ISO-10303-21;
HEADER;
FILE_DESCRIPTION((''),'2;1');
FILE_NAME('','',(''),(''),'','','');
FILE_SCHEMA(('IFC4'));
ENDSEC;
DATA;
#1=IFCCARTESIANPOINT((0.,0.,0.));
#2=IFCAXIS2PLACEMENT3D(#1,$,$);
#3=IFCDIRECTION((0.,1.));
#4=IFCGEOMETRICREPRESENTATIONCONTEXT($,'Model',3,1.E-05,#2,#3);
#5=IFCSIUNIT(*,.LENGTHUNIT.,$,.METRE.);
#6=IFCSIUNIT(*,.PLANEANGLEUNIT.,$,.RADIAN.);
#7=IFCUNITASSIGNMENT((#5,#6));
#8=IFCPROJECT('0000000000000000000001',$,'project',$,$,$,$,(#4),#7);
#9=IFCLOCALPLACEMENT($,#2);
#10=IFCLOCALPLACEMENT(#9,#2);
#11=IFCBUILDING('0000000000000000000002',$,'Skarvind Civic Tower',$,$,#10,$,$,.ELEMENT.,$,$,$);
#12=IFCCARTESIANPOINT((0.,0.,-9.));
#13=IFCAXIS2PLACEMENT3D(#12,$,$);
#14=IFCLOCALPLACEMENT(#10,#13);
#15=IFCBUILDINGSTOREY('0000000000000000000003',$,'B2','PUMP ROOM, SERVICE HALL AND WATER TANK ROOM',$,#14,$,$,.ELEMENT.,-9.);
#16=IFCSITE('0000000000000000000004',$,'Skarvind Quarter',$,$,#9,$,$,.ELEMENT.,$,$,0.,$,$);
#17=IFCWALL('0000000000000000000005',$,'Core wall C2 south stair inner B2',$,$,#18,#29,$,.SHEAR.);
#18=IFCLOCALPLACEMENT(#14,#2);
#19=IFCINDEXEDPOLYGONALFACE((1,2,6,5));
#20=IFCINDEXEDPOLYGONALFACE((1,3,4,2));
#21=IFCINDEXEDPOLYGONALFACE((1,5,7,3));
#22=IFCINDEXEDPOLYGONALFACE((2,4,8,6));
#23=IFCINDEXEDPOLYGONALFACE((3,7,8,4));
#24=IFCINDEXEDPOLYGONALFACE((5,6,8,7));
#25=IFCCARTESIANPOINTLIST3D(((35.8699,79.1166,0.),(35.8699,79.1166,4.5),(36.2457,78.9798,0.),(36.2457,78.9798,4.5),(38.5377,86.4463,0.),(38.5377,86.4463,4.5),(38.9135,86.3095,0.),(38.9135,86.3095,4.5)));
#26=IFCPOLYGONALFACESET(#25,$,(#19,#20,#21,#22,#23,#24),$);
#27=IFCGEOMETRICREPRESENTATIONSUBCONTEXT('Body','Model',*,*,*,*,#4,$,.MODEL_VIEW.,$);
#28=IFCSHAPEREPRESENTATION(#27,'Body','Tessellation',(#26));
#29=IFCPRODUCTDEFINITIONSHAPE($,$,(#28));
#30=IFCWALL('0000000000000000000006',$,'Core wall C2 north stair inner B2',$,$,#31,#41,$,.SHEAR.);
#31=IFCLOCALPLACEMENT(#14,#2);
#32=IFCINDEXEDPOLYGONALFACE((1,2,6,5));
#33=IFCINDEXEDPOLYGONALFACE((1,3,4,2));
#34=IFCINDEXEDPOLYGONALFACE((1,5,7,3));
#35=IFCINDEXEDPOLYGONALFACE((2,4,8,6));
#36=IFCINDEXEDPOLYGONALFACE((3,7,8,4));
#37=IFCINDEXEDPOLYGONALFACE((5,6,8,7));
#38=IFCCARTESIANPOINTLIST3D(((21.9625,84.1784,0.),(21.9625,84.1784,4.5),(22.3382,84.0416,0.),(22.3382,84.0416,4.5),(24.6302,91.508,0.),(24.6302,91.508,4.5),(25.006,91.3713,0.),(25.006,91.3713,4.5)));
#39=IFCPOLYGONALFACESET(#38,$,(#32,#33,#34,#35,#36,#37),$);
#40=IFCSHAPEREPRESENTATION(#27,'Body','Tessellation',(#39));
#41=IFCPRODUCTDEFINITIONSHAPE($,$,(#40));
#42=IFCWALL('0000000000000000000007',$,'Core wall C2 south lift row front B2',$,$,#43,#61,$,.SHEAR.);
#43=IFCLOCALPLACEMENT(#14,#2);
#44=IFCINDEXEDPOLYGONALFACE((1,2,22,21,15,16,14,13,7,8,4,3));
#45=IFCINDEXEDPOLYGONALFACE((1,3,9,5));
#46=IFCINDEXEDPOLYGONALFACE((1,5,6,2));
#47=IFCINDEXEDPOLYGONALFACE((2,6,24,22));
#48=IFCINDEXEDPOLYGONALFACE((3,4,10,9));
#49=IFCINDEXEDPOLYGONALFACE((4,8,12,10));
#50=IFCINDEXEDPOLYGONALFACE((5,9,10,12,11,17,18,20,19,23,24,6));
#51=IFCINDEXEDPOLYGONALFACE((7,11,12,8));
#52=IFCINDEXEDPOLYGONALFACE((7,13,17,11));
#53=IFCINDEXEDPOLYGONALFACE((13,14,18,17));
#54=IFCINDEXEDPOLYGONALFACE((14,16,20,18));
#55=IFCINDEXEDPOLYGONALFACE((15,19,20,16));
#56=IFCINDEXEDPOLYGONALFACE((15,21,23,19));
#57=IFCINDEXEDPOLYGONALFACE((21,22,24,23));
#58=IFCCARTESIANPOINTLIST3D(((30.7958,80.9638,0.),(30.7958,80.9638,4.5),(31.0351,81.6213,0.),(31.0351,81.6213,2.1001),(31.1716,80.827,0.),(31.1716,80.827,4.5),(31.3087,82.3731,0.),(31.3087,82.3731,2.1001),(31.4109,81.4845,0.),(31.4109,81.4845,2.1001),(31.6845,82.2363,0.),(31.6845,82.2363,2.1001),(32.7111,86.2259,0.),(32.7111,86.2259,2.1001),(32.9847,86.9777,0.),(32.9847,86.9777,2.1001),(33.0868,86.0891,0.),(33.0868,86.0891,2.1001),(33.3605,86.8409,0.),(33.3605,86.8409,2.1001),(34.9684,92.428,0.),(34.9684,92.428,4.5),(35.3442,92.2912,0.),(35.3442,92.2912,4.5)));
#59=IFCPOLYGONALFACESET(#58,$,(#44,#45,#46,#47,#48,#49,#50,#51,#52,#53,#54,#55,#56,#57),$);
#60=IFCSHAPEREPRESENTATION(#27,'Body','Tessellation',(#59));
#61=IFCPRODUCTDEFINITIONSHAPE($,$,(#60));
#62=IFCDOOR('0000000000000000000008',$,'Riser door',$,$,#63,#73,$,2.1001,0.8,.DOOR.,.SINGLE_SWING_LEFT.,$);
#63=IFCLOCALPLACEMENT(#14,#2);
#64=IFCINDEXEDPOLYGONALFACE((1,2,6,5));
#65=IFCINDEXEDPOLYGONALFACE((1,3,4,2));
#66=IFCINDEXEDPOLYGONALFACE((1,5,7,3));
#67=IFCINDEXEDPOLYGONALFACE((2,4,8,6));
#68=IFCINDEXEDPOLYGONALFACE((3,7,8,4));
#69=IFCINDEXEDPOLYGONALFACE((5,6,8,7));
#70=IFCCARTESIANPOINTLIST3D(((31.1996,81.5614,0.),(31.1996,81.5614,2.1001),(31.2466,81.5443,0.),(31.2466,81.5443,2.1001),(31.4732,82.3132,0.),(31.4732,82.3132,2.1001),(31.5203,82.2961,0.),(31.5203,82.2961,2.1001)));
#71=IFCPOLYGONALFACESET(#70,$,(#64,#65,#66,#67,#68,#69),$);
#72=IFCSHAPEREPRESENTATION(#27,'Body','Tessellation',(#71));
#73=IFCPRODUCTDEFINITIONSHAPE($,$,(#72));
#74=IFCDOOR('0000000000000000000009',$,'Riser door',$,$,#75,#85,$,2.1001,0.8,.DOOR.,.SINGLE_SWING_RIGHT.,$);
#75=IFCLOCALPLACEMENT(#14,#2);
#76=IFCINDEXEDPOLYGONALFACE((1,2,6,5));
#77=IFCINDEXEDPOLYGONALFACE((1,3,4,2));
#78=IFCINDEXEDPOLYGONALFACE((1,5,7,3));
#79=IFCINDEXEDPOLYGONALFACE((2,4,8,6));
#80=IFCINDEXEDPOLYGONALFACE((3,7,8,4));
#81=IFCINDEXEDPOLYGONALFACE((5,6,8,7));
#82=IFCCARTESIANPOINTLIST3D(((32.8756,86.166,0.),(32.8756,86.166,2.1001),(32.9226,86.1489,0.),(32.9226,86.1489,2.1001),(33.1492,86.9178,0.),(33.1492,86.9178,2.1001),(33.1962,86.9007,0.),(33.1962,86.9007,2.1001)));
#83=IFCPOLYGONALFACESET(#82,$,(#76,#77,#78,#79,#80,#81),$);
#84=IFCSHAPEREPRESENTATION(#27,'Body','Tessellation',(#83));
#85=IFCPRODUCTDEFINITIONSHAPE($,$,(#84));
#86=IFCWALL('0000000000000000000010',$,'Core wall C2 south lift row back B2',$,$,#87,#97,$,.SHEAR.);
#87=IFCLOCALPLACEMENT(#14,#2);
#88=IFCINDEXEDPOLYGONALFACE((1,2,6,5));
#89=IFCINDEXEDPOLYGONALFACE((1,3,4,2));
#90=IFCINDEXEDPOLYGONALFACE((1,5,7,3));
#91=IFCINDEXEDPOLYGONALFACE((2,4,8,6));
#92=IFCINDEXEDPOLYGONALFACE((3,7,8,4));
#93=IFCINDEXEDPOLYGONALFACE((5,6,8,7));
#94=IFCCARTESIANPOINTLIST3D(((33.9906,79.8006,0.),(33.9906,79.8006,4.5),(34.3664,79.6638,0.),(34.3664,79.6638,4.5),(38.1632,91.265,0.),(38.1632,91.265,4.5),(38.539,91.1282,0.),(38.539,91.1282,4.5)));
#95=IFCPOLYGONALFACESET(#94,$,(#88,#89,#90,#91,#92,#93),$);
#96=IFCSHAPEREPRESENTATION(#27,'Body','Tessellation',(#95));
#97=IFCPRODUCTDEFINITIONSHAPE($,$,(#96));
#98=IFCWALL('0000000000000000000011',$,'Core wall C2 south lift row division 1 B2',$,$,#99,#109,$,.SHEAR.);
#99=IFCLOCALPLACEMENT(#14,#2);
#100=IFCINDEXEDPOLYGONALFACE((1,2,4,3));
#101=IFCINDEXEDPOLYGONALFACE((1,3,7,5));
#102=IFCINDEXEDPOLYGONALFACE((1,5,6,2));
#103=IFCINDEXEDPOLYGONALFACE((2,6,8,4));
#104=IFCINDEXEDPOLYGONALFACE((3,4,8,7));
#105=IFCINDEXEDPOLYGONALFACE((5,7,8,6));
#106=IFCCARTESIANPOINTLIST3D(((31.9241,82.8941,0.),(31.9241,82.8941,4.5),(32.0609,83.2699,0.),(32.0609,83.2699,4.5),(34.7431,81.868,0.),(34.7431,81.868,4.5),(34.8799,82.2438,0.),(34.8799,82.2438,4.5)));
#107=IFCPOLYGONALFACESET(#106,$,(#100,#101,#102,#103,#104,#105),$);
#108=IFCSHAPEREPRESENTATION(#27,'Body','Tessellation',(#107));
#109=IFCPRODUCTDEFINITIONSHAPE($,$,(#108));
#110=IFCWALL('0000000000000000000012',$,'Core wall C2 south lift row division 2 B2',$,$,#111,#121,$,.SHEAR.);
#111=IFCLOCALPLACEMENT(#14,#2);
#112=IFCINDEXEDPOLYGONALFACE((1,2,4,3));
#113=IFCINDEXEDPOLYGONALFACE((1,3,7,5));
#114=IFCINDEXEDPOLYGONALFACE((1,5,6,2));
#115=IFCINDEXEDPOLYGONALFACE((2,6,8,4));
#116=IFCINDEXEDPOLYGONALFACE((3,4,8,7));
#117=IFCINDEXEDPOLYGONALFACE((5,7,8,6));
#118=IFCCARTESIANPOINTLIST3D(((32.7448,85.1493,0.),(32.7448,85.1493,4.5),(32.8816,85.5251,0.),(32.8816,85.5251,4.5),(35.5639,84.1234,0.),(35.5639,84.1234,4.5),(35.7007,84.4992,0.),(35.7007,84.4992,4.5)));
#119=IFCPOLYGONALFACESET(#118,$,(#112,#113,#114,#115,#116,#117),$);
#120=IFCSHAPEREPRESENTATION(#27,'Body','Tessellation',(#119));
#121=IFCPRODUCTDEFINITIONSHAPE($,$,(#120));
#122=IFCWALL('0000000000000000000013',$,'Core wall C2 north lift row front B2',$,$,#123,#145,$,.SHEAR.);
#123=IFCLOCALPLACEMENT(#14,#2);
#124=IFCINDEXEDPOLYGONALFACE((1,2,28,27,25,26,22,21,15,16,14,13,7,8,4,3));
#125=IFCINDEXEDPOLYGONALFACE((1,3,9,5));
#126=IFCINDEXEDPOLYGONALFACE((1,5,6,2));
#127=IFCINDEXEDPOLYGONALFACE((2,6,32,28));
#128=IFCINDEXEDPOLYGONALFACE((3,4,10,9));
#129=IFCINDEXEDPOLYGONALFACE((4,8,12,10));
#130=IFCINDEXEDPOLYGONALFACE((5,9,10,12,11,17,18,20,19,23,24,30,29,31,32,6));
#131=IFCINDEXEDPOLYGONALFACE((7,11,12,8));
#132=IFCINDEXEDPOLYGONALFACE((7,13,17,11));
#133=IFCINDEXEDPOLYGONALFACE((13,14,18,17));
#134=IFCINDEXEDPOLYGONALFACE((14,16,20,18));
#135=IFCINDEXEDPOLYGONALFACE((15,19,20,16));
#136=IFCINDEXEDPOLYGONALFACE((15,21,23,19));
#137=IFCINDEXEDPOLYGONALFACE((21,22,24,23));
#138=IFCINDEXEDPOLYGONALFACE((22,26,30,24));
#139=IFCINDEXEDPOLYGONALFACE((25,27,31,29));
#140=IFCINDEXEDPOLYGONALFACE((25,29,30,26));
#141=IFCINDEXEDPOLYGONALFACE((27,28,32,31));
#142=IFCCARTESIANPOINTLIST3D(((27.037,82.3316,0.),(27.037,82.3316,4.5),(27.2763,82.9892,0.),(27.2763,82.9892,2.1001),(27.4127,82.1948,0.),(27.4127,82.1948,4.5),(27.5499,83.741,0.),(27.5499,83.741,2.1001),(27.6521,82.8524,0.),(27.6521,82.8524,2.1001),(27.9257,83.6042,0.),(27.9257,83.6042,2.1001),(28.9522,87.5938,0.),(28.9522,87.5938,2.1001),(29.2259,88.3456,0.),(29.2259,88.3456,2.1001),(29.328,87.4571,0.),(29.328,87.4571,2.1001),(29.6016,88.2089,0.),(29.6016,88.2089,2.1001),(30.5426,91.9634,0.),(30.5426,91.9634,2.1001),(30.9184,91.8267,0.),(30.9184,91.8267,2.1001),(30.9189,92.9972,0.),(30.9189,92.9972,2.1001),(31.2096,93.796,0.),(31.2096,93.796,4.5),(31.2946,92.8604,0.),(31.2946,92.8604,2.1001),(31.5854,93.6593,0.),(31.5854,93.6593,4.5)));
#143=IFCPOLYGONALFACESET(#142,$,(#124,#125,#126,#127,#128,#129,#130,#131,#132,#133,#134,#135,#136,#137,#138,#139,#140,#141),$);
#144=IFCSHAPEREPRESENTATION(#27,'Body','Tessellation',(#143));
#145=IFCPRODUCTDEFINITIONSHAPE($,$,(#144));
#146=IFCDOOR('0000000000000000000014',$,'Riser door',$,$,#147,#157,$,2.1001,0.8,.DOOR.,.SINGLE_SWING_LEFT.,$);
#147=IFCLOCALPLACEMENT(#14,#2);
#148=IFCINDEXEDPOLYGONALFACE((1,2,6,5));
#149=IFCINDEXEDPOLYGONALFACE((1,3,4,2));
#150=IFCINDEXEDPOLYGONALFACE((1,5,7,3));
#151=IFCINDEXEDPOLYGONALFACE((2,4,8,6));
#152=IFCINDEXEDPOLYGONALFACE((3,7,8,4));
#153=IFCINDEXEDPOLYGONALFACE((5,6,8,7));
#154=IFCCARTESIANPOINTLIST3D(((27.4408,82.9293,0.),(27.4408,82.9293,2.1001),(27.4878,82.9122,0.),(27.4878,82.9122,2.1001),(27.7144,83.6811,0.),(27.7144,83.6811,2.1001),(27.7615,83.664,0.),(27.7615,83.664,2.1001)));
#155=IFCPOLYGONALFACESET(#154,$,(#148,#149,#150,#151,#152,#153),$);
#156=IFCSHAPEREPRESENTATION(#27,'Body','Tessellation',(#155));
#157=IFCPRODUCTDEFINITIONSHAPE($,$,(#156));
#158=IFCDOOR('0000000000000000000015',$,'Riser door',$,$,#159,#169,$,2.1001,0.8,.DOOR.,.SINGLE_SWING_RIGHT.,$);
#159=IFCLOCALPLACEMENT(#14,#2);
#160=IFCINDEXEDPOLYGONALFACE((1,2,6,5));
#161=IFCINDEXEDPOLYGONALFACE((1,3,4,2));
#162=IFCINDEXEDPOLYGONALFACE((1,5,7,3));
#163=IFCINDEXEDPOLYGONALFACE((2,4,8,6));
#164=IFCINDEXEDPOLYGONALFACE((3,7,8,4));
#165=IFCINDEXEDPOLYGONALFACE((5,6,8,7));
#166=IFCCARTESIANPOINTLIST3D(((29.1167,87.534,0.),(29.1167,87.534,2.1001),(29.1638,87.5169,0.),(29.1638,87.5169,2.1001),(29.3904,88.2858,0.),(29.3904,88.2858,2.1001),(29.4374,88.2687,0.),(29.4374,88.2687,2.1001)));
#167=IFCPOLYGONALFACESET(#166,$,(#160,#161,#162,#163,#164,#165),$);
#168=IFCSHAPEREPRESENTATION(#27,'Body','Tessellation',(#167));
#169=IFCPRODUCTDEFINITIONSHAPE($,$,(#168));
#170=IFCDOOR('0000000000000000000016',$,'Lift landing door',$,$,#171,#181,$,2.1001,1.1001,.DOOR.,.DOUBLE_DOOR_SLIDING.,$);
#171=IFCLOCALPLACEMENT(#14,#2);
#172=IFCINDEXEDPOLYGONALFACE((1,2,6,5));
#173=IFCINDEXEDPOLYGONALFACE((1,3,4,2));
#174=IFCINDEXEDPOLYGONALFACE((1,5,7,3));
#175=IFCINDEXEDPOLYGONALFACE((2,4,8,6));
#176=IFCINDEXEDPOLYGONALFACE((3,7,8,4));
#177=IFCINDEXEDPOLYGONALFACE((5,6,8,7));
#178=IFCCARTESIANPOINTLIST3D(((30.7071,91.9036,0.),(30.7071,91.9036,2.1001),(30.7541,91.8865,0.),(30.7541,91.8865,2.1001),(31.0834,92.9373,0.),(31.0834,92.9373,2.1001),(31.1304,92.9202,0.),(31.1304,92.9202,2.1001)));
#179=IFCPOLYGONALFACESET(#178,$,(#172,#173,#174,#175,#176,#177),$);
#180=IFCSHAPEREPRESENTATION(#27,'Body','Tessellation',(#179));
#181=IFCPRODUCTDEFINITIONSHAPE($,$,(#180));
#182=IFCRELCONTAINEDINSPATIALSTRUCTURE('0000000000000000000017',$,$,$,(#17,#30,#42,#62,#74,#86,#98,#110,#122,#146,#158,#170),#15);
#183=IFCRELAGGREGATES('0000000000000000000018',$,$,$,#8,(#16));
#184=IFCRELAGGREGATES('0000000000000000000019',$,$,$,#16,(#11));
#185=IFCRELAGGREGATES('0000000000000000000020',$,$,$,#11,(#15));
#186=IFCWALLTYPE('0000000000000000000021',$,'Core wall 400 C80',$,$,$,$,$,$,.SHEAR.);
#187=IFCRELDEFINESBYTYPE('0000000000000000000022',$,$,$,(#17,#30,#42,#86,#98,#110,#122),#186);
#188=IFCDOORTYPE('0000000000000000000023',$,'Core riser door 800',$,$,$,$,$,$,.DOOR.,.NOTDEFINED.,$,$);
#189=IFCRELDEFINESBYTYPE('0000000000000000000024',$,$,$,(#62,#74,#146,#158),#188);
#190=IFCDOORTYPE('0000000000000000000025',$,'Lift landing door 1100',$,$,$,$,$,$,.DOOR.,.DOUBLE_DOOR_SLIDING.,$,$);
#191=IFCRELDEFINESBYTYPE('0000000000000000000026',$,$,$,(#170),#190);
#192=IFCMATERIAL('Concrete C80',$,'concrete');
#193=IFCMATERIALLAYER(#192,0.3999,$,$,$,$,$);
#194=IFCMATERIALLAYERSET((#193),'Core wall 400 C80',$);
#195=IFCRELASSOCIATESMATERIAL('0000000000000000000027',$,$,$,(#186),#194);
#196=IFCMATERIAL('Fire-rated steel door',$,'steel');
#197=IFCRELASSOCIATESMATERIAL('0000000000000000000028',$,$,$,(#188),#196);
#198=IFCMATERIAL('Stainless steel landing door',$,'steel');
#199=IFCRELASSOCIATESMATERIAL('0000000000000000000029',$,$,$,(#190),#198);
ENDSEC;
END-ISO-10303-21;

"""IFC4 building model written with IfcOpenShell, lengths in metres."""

from ifc_helpers import new_model, si_unit, direction, frame, frame_2d, origin, place, context, subcontext, project, spatial, rectangle, extrude, material, layer, layer_set, type_object, element, fill, save


model = new_model("IFC4")

# Units and contexts
model_context = context("Model", 3, precision=1e-05, world=origin(), true_north=direction((0.0, 1.0)))
body_context = subcontext(model_context, "Body", "Model", "MODEL_VIEW")
ifc_project = project(units=[si_unit("LENGTHUNIT", "METRE"), si_unit("PLANEANGLEUNIT", "RADIAN")], contexts=[model_context])

# Site, building, storey
site_placement = place(None, origin())
site = spatial("IfcSite", under=ifc_project, at=site_placement, Name="Skarvind Quarter", CompositionType="ELEMENT", RefElevation=0.0)
building_placement = place(site_placement, origin())
building = spatial("IfcBuilding", under=site, at=building_placement, Name="Skarvind Civic Tower", CompositionType="ELEMENT")
storey_placement = place(building_placement, frame((0.0, 0.0, -9.0)))
storey = spatial("IfcBuildingStorey", under=building, at=storey_placement, Name="B2", Description="PUMP ROOM, SERVICE HALL AND WATER TANK ROOM", CompositionType="ELEMENT", Elevation=-9.0)

# Walls
ifc_material_1 = material(Name="Concrete C80", Category="concrete")
ifc_layer_1 = layer(ifc_material_1, 0.3999)
ifc_layer_set_1 = layer_set([ifc_layer_1], Name="Core wall 400 C80")
wall_type_1 = type_object("IfcWallType", Name="Core wall 400 C80", PredefinedType="SHEAR", material=ifc_layer_set_1)
for number, where, z_axis, x_axis, name in (
    (1, (36.0579, 79.0483, 0.0), (0.0, 0.0, 1.0), (0.342017, 0.939694, 0.0), "Core wall C2 south stair inner B2"),
    (2, (22.1504, 84.1101, 0.0), (0.0, 0.0, 1.0), (0.342017, 0.939694, 0.0), "Core wall C2 north stair inner B2"),
):
    element("IfcWall", number, at=place(storey_placement, frame(where, z_axis=z_axis, x_axis=x_axis)), inside=storey, type_object=wall_type_1, Name=name, PredefinedType="SHEAR", context=body_context, shape_type="SweptSolid", body=[
        extrude(rectangle(XDim=7.8, YDim=0.3999, at=frame_2d((3.8999, 0.0))), origin(), (0.0, 0.0, 1.0), 4.5),
    ])

# Wall, openings, doors
wall_1_placement = place(storey_placement, frame((30.9836, 80.8953, 0.0), z_axis=(0.0, 0.0, 1.0), x_axis=(0.342021, 0.939692, 0.0)))
wall_1 = element("IfcWall", 3, at=wall_1_placement, inside=storey, type_object=wall_type_1, Name="Core wall C2 south lift row front B2", PredefinedType="SHEAR", context=body_context, shape_type="SweptSolid", body=[
    extrude(rectangle(XDim=12.2, YDim=0.3999, at=frame_2d((6.1001, 0.0))), origin(), (0.0, 0.0, 1.0), 4.5),
])
opening_1_placement = place(wall_1_placement, frame((0.7, 0.0, 0.0)))
opening_1 = element("IfcOpeningElement", 4, at=opening_1_placement, cuts=wall_1, PredefinedType="OPENING", context=body_context, shape_type="SweptSolid", body=[
    extrude(rectangle(XDim=0.8, YDim=2.1001, at=frame_2d((0.3999, 1.05))), frame((0.0, 0.21, 0.0), z_axis=(0.0, -1.0, 0.0), x_axis=(1.0, 0.0, 0.0)), (0.0, 0.0, 1.0), 0.4199),
])
opening_2_placement = place(wall_1_placement, frame((5.6001, 0.0, 0.0)))
opening_2 = element("IfcOpeningElement", 5, at=opening_2_placement, cuts=wall_1, PredefinedType="OPENING", context=body_context, shape_type="SweptSolid", body=[
    extrude(rectangle(XDim=0.8, YDim=2.1001, at=frame_2d((0.3999, 1.05))), frame((0.0, 0.21, 0.0), z_axis=(0.0, -1.0, 0.0), x_axis=(1.0, 0.0, 0.0)), (0.0, 0.0, 1.0), 0.4199),
])
ifc_material_2 = material(Name="Fire-rated steel door", Category="steel")
door_type_1 = type_object("IfcDoorType", Name="Core riser door 800", OperationType="NOTDEFINED", PredefinedType="DOOR", material=ifc_material_2)
door_1_placement = place(opening_1_placement, origin())
door_1 = element("IfcDoor", 6, at=door_1_placement, inside=storey, type_object=door_type_1, Name="Riser door", OperationType="SINGLE_SWING_LEFT", OverallHeight=2.1001, OverallWidth=0.8, PredefinedType="DOOR", context=body_context, shape_type="SweptSolid", body=[
    extrude(rectangle(XDim=0.8, YDim=2.1001, at=frame_2d((0.3999, 1.05))), frame((0.0, 0.0249, 0.0), z_axis=(0.0, -1.0, 0.0), x_axis=(1.0, 0.0, 0.0)), (0.0, 0.0, 1.0), 0.05),
])
fill(opening_1, door_1)
door_2_placement = place(opening_2_placement, origin())
door_2 = element("IfcDoor", 7, at=door_2_placement, inside=storey, type_object=door_type_1, Name="Riser door", OperationType="SINGLE_SWING_RIGHT", OverallHeight=2.1001, OverallWidth=0.8, PredefinedType="DOOR", context=body_context, shape_type="SweptSolid", body=[
    extrude(rectangle(XDim=0.8, YDim=2.1001, at=frame_2d((0.3999, 1.05))), frame((0.0, 0.0249, 0.0), z_axis=(0.0, -1.0, 0.0), x_axis=(1.0, 0.0, 0.0)), (0.0, 0.0, 1.0), 0.05),
])
fill(opening_2, door_2)

# Walls
wall_2_placement = place(storey_placement, frame((34.1785, 79.7322, 0.0), z_axis=(0.0, 0.0, 1.0), x_axis=(0.342015, 0.939695, 0.0)))
element("IfcWall", 8, at=wall_2_placement, inside=storey, type_object=wall_type_1, Name="Core wall C2 south lift row back B2", PredefinedType="SHEAR", context=body_context, shape_type="SweptSolid", body=[
    extrude(rectangle(XDim=12.2002, YDim=0.3999, at=frame_2d((6.1001, 0.0))), origin(), (0.0, 0.0, 1.0), 4.5),
])
for number, where, z_axis, x_axis, name in (
    (9, (34.8115, 82.0559, 0.0), (0.0, 0.0, 1.0), (-0.939686, 0.342037, 0.0), "Core wall C2 south lift row division 1 B2"),
    (10, (35.6323, 84.3113, 0.0), (0.0, 0.0, 1.0), (-0.939713, 0.341965, 0.0), "Core wall C2 south lift row division 2 B2"),
):
    element("IfcWall", number, at=place(storey_placement, frame(where, z_axis=z_axis, x_axis=x_axis)), inside=storey, type_object=wall_type_1, Name=name, PredefinedType="SHEAR", context=body_context, shape_type="SweptSolid", body=[
        extrude(rectangle(XDim=3.0, YDim=0.3999, at=frame_2d((1.5, 0.0))), origin(), (0.0, 0.0, 1.0), 4.5),
    ])

# Wall, openings, doors
wall_3_placement = place(storey_placement, frame((27.2249, 82.2632, 0.0), z_axis=(0.0, 0.0, 1.0), x_axis=(0.342015, 0.939695, 0.0)))
wall_3 = element("IfcWall", 11, at=wall_3_placement, inside=storey, type_object=wall_type_1, Name="Core wall C2 north lift row front B2", PredefinedType="SHEAR", context=body_context, shape_type="SweptSolid", body=[
    extrude(rectangle(XDim=12.2002, YDim=0.3999, at=frame_2d((6.1001, 0.0))), origin(), (0.0, 0.0, 1.0), 4.5),
])
opening_3_placement = place(wall_3_placement, frame((10.25, 0.0, 0.0)))
opening_3 = element("IfcOpeningElement", 12, at=opening_3_placement, cuts=wall_3, PredefinedType="OPENING", context=body_context, shape_type="SweptSolid", body=[
    extrude(rectangle(XDim=1.1001, YDim=2.1001, at=frame_2d((0.55, 1.05))), frame((0.0, 0.21, 0.0), z_axis=(0.0, -1.0, 0.0), x_axis=(1.0, 0.0, 0.0)), (0.0, 0.0, 1.0), 0.4199),
])
opening_4_placement = place(wall_3_placement, frame((0.7, 0.0, 0.0)))
opening_4 = element("IfcOpeningElement", 13, at=opening_4_placement, cuts=wall_3, PredefinedType="OPENING", context=body_context, shape_type="SweptSolid", body=[
    extrude(rectangle(XDim=0.8, YDim=2.1001, at=frame_2d((0.3999, 1.05))), frame((0.0, 0.21, 0.0), z_axis=(0.0, -1.0, 0.0), x_axis=(1.0, 0.0, 0.0)), (0.0, 0.0, 1.0), 0.4199),
])
opening_5_placement = place(wall_3_placement, frame((5.6001, 0.0, 0.0)))
opening_5 = element("IfcOpeningElement", 14, at=opening_5_placement, cuts=wall_3, PredefinedType="OPENING", context=body_context, shape_type="SweptSolid", body=[
    extrude(rectangle(XDim=0.8, YDim=2.1001, at=frame_2d((0.3999, 1.05))), frame((0.0, 0.21, 0.0), z_axis=(0.0, -1.0, 0.0), x_axis=(1.0, 0.0, 0.0)), (0.0, 0.0, 1.0), 0.4199),
])
door_3_placement = place(opening_4_placement, origin())
door_3 = element("IfcDoor", 15, at=door_3_placement, inside=storey, type_object=door_type_1, Name="Riser door", OperationType="SINGLE_SWING_LEFT", OverallHeight=2.1001, OverallWidth=0.8, PredefinedType="DOOR", context=body_context, shape_type="SweptSolid", body=[
    extrude(rectangle(XDim=0.8, YDim=2.1001, at=frame_2d((0.3999, 1.05))), frame((0.0, 0.0249, 0.0), z_axis=(0.0, -1.0, 0.0), x_axis=(1.0, 0.0, 0.0)), (0.0, 0.0, 1.0), 0.05),
])
fill(opening_4, door_3)
door_4_placement = place(opening_5_placement, origin())
door_4 = element("IfcDoor", 16, at=door_4_placement, inside=storey, type_object=door_type_1, Name="Riser door", OperationType="SINGLE_SWING_RIGHT", OverallHeight=2.1001, OverallWidth=0.8, PredefinedType="DOOR", context=body_context, shape_type="SweptSolid", body=[
    extrude(rectangle(XDim=0.8, YDim=2.1001, at=frame_2d((0.3999, 1.05))), frame((0.0, 0.0249, 0.0), z_axis=(0.0, -1.0, 0.0), x_axis=(1.0, 0.0, 0.0)), (0.0, 0.0, 1.0), 0.05),
])
fill(opening_5, door_4)
ifc_material_3 = material(Name="Stainless steel landing door", Category="steel")
door_type_2 = type_object("IfcDoorType", Name="Lift landing door 1100", OperationType="DOUBLE_DOOR_SLIDING", PredefinedType="DOOR", material=ifc_material_3)
door_5_placement = place(opening_3_placement, origin())
door_5 = element("IfcDoor", 17, at=door_5_placement, inside=storey, type_object=door_type_2, Name="Lift landing door", OperationType="DOUBLE_DOOR_SLIDING", OverallHeight=2.1001, OverallWidth=1.1001, PredefinedType="DOOR", context=body_context, shape_type="SweptSolid", body=[
    extrude(rectangle(XDim=1.1001, YDim=2.1001, at=frame_2d((0.55, 1.05))), frame((0.0, 0.0249, 0.0), z_axis=(0.0, -1.0, 0.0), x_axis=(1.0, 0.0, 0.0)), (0.0, 0.0, 1.0), 0.05),
])
fill(opening_3, door_5)

save(model, "model.ifc")
